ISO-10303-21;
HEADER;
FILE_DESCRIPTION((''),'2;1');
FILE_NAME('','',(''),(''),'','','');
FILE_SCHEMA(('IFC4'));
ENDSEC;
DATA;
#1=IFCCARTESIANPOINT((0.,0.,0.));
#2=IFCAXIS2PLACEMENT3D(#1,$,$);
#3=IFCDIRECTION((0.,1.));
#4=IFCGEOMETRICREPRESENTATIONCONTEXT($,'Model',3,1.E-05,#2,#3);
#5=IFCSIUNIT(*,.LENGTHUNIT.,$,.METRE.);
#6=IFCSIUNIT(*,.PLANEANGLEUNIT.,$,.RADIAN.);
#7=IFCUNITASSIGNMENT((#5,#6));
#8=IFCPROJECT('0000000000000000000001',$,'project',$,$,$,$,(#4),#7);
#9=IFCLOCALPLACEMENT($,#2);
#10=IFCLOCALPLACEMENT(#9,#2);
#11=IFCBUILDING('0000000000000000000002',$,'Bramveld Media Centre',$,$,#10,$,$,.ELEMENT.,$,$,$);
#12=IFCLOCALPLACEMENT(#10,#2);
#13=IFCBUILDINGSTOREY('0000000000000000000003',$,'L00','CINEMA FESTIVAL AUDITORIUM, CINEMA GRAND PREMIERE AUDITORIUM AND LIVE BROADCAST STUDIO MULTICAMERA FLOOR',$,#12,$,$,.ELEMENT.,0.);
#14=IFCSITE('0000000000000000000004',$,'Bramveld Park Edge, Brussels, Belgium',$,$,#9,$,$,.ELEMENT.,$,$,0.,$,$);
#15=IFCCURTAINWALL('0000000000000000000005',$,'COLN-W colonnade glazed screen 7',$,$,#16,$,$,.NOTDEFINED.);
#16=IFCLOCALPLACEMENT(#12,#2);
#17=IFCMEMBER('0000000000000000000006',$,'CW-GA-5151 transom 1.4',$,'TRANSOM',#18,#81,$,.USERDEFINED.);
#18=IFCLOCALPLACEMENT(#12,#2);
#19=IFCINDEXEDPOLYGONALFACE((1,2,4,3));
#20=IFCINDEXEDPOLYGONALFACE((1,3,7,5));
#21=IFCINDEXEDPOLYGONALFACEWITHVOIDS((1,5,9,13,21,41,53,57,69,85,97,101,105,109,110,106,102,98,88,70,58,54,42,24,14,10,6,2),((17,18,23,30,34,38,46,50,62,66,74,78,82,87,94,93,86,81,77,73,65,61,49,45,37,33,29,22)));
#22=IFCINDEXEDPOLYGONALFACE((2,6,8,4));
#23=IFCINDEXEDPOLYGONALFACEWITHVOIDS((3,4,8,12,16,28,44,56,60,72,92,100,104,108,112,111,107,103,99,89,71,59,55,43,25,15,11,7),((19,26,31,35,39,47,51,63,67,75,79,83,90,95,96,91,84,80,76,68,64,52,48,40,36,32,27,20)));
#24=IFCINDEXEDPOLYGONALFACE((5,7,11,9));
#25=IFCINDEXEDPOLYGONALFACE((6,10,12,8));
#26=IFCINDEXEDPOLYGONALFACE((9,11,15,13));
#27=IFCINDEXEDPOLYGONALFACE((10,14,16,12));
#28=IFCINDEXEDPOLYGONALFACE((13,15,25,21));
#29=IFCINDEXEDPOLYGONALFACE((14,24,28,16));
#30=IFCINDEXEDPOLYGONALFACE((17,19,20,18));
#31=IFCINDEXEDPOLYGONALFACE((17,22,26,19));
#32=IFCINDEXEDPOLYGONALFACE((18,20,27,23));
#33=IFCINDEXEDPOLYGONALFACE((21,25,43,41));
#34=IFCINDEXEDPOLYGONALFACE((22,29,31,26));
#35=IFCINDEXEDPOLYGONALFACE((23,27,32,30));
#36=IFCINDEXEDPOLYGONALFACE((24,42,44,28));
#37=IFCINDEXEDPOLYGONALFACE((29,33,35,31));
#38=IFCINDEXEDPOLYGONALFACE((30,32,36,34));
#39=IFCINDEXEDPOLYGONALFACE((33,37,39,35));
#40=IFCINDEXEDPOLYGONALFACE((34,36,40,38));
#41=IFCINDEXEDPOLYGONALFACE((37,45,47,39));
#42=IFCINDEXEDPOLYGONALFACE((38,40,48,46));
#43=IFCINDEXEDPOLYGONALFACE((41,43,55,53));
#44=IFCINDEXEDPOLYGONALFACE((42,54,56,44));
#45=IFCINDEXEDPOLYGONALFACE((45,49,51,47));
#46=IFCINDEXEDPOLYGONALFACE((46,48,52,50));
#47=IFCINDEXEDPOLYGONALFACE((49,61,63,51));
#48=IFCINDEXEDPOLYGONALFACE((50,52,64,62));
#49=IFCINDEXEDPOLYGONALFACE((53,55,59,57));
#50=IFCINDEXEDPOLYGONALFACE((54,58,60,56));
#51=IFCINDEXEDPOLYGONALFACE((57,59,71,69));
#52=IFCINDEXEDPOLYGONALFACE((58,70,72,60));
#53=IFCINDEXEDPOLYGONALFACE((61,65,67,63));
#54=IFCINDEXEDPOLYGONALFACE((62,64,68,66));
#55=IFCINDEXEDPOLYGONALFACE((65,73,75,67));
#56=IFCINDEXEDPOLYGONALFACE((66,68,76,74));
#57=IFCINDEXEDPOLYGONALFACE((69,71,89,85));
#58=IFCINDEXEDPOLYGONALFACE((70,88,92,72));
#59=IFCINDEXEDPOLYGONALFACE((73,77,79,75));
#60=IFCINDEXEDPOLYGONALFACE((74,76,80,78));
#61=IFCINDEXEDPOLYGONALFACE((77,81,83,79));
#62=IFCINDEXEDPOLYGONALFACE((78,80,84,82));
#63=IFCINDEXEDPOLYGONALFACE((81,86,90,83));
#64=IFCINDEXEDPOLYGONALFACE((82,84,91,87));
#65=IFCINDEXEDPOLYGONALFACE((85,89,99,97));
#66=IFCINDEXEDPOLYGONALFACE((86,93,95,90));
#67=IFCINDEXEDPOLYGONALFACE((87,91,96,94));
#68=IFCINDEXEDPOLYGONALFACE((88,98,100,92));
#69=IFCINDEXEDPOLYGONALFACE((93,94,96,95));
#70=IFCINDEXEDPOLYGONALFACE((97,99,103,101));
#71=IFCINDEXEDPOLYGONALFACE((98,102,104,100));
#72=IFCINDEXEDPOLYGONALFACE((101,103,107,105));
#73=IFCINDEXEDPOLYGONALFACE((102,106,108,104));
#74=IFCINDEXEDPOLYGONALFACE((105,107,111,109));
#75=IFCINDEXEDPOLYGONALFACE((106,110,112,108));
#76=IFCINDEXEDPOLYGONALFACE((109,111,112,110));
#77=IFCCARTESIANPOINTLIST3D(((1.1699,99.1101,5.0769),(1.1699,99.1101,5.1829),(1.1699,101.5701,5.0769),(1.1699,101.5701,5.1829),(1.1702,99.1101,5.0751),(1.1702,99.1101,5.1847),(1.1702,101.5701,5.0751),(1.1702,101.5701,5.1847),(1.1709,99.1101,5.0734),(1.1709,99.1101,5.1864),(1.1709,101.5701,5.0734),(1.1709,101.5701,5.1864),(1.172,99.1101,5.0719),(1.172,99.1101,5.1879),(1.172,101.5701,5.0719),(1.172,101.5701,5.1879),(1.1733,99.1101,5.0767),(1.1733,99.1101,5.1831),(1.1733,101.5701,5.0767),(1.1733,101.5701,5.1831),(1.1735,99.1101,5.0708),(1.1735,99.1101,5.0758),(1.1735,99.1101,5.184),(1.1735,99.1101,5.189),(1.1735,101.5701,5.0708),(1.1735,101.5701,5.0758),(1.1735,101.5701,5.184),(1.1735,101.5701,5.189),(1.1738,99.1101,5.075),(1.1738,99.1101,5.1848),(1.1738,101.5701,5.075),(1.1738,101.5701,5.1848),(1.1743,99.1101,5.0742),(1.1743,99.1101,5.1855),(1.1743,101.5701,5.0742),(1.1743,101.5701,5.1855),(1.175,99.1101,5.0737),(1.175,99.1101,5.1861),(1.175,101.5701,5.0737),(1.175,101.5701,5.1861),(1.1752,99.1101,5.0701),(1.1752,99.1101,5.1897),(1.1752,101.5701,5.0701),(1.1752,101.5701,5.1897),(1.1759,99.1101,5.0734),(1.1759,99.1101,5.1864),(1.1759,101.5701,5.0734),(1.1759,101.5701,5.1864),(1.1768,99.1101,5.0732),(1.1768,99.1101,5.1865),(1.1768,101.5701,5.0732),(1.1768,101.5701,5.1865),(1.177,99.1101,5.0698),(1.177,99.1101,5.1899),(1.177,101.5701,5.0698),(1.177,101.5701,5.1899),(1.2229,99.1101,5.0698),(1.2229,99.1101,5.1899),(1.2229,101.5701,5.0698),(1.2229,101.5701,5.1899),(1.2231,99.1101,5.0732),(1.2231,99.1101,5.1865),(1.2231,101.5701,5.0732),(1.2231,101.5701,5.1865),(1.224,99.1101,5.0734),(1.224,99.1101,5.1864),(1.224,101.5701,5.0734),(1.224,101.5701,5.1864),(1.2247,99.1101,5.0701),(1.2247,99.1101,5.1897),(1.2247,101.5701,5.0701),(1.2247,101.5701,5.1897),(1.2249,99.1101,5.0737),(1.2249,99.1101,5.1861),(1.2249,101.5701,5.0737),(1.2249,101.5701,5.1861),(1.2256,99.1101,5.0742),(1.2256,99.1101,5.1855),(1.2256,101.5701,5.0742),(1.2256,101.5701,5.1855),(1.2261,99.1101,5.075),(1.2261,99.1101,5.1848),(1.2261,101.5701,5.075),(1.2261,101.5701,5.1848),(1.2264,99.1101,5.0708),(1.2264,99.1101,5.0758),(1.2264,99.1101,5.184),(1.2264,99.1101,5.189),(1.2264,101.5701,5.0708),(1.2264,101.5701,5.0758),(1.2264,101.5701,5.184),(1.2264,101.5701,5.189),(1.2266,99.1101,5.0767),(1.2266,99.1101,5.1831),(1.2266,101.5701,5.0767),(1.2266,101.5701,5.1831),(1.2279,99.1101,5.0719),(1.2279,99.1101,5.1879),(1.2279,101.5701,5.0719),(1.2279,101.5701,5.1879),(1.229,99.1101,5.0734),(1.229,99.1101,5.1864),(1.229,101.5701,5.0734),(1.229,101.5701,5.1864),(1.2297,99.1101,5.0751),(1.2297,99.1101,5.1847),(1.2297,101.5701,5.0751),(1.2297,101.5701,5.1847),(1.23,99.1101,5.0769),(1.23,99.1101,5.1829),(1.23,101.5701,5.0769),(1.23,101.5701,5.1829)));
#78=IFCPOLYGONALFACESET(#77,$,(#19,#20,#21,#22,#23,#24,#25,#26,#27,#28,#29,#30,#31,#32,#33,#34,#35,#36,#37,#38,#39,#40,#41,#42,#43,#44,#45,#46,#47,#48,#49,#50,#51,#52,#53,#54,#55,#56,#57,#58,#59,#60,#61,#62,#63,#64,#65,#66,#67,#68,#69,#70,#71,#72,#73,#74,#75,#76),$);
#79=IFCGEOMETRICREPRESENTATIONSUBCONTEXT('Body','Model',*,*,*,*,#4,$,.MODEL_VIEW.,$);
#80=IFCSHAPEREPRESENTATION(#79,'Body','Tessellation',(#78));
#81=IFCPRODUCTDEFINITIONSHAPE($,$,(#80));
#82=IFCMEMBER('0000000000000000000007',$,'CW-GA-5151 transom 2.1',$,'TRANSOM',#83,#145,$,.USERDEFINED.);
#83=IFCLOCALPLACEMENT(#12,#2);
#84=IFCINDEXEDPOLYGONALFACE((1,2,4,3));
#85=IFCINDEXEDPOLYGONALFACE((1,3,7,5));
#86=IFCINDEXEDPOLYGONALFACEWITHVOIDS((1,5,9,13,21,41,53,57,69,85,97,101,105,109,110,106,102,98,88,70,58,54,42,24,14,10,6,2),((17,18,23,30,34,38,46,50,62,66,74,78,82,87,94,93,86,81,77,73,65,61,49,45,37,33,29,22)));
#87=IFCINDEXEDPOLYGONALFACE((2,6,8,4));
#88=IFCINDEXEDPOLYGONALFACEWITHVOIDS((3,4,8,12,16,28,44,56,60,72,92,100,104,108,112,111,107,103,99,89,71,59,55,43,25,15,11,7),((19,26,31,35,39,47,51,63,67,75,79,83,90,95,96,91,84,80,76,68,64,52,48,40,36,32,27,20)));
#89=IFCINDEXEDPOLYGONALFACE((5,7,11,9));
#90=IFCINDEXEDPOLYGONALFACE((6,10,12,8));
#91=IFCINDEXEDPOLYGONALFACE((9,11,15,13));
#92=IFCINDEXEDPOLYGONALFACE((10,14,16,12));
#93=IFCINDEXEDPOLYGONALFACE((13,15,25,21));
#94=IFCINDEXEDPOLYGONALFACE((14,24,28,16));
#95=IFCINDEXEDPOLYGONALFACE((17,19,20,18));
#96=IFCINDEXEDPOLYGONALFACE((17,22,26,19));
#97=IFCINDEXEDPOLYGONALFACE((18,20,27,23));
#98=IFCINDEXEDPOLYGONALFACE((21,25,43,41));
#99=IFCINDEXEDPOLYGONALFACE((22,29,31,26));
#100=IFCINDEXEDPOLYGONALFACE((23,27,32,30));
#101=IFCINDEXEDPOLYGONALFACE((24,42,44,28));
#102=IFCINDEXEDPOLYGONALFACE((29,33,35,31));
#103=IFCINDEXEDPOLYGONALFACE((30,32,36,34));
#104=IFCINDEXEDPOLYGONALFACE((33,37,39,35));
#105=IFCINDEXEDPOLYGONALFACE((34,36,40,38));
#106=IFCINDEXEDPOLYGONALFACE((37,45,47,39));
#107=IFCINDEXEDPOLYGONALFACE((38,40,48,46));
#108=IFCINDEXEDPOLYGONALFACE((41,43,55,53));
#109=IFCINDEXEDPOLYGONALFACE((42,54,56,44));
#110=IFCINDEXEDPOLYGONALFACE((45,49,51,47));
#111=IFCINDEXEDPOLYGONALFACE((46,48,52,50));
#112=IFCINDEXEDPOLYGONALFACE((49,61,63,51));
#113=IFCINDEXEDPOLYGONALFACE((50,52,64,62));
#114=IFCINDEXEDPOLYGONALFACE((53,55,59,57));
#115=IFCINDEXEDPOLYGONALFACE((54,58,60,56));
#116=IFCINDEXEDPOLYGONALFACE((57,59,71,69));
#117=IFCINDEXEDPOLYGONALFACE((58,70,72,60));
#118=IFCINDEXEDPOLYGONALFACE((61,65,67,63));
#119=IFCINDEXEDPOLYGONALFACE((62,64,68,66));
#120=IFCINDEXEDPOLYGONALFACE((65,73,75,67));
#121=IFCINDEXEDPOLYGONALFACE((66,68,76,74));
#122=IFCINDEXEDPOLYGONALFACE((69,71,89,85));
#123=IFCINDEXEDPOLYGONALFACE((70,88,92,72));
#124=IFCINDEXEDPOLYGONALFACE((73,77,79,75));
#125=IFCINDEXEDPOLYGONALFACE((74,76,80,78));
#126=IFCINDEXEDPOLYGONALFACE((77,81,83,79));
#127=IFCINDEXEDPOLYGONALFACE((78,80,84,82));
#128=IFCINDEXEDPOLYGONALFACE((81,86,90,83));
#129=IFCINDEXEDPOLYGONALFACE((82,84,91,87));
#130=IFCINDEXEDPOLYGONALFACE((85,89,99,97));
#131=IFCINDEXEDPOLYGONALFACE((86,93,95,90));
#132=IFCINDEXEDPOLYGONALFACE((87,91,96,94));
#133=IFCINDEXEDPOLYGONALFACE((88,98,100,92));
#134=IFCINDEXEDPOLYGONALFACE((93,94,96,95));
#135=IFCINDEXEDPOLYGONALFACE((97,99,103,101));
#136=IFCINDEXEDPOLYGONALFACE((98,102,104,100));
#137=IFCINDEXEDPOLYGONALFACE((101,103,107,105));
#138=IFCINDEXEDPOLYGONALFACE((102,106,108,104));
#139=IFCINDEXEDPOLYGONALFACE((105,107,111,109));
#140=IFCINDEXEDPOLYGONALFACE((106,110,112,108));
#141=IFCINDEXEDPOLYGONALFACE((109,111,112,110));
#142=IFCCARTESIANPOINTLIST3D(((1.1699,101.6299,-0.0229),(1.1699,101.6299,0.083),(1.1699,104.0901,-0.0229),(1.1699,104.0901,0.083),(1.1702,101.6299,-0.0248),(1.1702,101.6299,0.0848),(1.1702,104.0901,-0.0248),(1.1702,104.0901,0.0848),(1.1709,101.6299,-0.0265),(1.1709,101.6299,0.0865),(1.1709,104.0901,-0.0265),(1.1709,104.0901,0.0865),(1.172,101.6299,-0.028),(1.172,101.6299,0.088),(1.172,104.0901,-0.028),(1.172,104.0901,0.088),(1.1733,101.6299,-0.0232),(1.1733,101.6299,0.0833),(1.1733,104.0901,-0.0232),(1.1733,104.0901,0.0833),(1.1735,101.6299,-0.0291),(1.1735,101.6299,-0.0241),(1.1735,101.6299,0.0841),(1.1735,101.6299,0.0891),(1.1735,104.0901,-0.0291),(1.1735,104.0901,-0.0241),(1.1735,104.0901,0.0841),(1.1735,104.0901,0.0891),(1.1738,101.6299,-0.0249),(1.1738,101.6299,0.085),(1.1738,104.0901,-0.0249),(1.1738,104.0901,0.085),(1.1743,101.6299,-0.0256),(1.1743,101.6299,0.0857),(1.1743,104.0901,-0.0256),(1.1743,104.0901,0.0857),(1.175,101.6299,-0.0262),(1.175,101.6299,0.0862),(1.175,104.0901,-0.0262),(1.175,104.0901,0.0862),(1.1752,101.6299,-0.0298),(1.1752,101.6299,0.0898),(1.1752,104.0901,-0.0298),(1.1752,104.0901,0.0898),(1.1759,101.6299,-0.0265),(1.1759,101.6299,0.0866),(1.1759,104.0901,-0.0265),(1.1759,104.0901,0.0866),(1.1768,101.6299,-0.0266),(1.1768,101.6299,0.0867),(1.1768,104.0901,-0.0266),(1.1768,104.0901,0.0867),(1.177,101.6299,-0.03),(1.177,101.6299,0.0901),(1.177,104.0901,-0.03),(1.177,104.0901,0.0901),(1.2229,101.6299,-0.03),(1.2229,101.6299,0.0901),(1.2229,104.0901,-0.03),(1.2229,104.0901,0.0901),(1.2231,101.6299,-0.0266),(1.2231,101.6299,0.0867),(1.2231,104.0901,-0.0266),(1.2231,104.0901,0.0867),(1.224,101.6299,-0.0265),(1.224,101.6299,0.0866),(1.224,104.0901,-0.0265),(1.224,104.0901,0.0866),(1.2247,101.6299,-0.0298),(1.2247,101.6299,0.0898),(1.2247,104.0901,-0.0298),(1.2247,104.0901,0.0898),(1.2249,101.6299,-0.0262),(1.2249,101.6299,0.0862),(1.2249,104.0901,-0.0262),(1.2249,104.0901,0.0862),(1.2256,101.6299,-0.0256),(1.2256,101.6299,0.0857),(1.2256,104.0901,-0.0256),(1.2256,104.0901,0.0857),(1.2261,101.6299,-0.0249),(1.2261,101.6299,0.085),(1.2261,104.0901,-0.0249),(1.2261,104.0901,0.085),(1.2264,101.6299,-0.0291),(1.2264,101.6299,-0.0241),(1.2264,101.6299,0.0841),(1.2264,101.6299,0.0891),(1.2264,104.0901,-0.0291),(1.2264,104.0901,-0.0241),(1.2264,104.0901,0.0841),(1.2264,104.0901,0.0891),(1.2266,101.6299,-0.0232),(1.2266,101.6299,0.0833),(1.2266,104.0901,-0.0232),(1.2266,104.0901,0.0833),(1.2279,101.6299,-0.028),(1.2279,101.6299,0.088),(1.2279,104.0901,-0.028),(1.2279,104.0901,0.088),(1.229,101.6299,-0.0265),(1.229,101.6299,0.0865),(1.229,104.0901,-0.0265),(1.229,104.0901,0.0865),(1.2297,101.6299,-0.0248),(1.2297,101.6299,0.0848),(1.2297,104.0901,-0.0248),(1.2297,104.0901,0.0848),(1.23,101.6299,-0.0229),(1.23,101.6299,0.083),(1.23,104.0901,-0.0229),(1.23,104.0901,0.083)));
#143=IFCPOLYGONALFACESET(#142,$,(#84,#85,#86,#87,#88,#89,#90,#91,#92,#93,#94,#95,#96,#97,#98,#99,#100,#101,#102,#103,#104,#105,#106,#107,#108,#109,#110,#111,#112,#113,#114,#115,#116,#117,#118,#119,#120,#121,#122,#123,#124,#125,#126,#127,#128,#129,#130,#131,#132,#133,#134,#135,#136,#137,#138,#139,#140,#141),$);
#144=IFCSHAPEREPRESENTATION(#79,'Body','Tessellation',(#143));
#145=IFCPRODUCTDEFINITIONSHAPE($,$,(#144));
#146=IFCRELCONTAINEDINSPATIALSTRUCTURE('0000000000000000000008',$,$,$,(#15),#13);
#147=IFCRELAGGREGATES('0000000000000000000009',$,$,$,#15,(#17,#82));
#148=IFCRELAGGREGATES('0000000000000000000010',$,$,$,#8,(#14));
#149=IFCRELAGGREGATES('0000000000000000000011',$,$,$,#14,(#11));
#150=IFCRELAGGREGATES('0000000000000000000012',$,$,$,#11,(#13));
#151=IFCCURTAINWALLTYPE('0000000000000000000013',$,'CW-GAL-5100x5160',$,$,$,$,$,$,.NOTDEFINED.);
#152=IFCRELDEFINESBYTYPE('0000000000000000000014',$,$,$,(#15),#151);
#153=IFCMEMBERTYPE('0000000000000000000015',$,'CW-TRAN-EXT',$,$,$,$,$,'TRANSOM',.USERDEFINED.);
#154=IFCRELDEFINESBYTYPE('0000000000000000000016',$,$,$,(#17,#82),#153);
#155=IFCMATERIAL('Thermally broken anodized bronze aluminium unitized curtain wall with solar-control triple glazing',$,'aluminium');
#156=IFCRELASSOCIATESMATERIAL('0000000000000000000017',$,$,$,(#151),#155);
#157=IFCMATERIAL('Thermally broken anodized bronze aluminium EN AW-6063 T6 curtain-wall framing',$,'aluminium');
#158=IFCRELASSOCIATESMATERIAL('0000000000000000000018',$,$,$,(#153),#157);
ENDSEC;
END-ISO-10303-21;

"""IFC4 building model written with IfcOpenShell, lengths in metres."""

from ifc_helpers import new_model, si_unit, direction, frame, origin, origin_2d, place, context, subcontext, project, spatial, hollow_rectangle, extrude, material, material_profile, profile_set, type_object, element, aggregate, save


model = new_model("IFC4")

# Units and contexts
model_context = context("Model", 3, precision=1e-05, world=origin(), true_north=direction((0.0, 1.0)))
body_context = subcontext(model_context, "Body", "Model", "MODEL_VIEW")
ifc_project = project(units=[si_unit("LENGTHUNIT", "METRE"), si_unit("PLANEANGLEUNIT", "RADIAN")], contexts=[model_context])

# Site, building, storey
site_placement = place(None, origin())
site = spatial("IfcSite", under=ifc_project, at=site_placement, Name="Bramveld Park Edge, Brussels, Belgium", CompositionType="ELEMENT", RefElevation=0.0)
building_placement = place(site_placement, origin())
building = spatial("IfcBuilding", under=site, at=building_placement, Name="Bramveld Media Centre", CompositionType="ELEMENT")
storey_placement = place(building_placement, origin())
storey = spatial("IfcBuildingStorey", under=building, at=storey_placement, Name="L00", Description="CINEMA FESTIVAL AUDITORIUM, CINEMA GRAND PREMIERE AUDITORIUM AND LIVE BROADCAST STUDIO MULTICAMERA FLOOR", CompositionType="ELEMENT", Elevation=0.0)

# Curtain wall
ifc_material_1 = material(Name="Thermally broken anodized bronze aluminium unitized curtain wall with solar-control triple glazing", Category="aluminium")
curtain_wall_type = type_object("IfcCurtainWallType", Name="CW-GAL-5100x5160", PredefinedType="NOTDEFINED", material=ifc_material_1)
curtain_wall_1_placement = place(storey_placement, origin())
curtain_wall_1 = element("IfcCurtainWall", 1, at=curtain_wall_1_placement, inside=storey, type_object=curtain_wall_type, Name="COLN-W colonnade glazed screen 7", PredefinedType="NOTDEFINED")

# Members
ifc_material_2 = material(Name="Thermally broken anodized bronze aluminium EN AW-6063 T6 curtain-wall framing", Category="aluminium")
ifc_material_profile_1 = material_profile(ifc_material_2, hollow_rectangle(XDim=0.0601, YDim=0.1201, WallThickness=0.0034, InnerFilletRadius=0.0034, OuterFilletRadius=0.0071, at=origin_2d()), Name="AL-TRAN 60x120")
ifc_profile_set_1 = profile_set([ifc_material_profile_1], Name="Thermally broken anodized bronze aluminium EN AW-6063 T6 curtain-wall framing")
member_type_1 = type_object("IfcMemberType", Name="CW-TRAN-EXT", ElementType="TRANSOM", PredefinedType="USERDEFINED", material=ifc_profile_set_1)
member_1_placement = place(storey_placement, frame((1.2, 99.1101, 5.1299), z_axis=(0.0, 1.0, 0.0), x_axis=(-1.0, 0.0, 0.0)))
member_1 = element("IfcMember", 2, at=member_1_placement, type_object=member_type_1, Name="CW-GA-5151 transom 1.4", ObjectType="TRANSOM", PredefinedType="USERDEFINED", context=body_context, shape_type="SweptSolid", body=[
    extrude(hollow_rectangle(XDim=0.0601, YDim=0.1201, WallThickness=0.0034, InnerFilletRadius=0.0034, OuterFilletRadius=0.0071, at=origin_2d()), origin(), (0.0, 0.0, 1.0), 2.46),
])
member_2_placement = place(storey_placement, frame((1.2, 101.6299, 0.03), z_axis=(0.0, 1.0, 0.0), x_axis=(-1.0, 0.0, 0.0)))
member_2 = element("IfcMember", 3, at=member_2_placement, type_object=member_type_1, Name="CW-GA-5151 transom 2.1", ObjectType="TRANSOM", PredefinedType="USERDEFINED", context=body_context, shape_type="SweptSolid", body=[
    extrude(hollow_rectangle(XDim=0.0601, YDim=0.1201, WallThickness=0.0034, InnerFilletRadius=0.0034, OuterFilletRadius=0.0071, at=origin_2d()), origin(), (0.0, 0.0, 1.0), 2.4602),
])

aggregate(curtain_wall_1, [member_1, member_2])

save(model, "model.ifc")
